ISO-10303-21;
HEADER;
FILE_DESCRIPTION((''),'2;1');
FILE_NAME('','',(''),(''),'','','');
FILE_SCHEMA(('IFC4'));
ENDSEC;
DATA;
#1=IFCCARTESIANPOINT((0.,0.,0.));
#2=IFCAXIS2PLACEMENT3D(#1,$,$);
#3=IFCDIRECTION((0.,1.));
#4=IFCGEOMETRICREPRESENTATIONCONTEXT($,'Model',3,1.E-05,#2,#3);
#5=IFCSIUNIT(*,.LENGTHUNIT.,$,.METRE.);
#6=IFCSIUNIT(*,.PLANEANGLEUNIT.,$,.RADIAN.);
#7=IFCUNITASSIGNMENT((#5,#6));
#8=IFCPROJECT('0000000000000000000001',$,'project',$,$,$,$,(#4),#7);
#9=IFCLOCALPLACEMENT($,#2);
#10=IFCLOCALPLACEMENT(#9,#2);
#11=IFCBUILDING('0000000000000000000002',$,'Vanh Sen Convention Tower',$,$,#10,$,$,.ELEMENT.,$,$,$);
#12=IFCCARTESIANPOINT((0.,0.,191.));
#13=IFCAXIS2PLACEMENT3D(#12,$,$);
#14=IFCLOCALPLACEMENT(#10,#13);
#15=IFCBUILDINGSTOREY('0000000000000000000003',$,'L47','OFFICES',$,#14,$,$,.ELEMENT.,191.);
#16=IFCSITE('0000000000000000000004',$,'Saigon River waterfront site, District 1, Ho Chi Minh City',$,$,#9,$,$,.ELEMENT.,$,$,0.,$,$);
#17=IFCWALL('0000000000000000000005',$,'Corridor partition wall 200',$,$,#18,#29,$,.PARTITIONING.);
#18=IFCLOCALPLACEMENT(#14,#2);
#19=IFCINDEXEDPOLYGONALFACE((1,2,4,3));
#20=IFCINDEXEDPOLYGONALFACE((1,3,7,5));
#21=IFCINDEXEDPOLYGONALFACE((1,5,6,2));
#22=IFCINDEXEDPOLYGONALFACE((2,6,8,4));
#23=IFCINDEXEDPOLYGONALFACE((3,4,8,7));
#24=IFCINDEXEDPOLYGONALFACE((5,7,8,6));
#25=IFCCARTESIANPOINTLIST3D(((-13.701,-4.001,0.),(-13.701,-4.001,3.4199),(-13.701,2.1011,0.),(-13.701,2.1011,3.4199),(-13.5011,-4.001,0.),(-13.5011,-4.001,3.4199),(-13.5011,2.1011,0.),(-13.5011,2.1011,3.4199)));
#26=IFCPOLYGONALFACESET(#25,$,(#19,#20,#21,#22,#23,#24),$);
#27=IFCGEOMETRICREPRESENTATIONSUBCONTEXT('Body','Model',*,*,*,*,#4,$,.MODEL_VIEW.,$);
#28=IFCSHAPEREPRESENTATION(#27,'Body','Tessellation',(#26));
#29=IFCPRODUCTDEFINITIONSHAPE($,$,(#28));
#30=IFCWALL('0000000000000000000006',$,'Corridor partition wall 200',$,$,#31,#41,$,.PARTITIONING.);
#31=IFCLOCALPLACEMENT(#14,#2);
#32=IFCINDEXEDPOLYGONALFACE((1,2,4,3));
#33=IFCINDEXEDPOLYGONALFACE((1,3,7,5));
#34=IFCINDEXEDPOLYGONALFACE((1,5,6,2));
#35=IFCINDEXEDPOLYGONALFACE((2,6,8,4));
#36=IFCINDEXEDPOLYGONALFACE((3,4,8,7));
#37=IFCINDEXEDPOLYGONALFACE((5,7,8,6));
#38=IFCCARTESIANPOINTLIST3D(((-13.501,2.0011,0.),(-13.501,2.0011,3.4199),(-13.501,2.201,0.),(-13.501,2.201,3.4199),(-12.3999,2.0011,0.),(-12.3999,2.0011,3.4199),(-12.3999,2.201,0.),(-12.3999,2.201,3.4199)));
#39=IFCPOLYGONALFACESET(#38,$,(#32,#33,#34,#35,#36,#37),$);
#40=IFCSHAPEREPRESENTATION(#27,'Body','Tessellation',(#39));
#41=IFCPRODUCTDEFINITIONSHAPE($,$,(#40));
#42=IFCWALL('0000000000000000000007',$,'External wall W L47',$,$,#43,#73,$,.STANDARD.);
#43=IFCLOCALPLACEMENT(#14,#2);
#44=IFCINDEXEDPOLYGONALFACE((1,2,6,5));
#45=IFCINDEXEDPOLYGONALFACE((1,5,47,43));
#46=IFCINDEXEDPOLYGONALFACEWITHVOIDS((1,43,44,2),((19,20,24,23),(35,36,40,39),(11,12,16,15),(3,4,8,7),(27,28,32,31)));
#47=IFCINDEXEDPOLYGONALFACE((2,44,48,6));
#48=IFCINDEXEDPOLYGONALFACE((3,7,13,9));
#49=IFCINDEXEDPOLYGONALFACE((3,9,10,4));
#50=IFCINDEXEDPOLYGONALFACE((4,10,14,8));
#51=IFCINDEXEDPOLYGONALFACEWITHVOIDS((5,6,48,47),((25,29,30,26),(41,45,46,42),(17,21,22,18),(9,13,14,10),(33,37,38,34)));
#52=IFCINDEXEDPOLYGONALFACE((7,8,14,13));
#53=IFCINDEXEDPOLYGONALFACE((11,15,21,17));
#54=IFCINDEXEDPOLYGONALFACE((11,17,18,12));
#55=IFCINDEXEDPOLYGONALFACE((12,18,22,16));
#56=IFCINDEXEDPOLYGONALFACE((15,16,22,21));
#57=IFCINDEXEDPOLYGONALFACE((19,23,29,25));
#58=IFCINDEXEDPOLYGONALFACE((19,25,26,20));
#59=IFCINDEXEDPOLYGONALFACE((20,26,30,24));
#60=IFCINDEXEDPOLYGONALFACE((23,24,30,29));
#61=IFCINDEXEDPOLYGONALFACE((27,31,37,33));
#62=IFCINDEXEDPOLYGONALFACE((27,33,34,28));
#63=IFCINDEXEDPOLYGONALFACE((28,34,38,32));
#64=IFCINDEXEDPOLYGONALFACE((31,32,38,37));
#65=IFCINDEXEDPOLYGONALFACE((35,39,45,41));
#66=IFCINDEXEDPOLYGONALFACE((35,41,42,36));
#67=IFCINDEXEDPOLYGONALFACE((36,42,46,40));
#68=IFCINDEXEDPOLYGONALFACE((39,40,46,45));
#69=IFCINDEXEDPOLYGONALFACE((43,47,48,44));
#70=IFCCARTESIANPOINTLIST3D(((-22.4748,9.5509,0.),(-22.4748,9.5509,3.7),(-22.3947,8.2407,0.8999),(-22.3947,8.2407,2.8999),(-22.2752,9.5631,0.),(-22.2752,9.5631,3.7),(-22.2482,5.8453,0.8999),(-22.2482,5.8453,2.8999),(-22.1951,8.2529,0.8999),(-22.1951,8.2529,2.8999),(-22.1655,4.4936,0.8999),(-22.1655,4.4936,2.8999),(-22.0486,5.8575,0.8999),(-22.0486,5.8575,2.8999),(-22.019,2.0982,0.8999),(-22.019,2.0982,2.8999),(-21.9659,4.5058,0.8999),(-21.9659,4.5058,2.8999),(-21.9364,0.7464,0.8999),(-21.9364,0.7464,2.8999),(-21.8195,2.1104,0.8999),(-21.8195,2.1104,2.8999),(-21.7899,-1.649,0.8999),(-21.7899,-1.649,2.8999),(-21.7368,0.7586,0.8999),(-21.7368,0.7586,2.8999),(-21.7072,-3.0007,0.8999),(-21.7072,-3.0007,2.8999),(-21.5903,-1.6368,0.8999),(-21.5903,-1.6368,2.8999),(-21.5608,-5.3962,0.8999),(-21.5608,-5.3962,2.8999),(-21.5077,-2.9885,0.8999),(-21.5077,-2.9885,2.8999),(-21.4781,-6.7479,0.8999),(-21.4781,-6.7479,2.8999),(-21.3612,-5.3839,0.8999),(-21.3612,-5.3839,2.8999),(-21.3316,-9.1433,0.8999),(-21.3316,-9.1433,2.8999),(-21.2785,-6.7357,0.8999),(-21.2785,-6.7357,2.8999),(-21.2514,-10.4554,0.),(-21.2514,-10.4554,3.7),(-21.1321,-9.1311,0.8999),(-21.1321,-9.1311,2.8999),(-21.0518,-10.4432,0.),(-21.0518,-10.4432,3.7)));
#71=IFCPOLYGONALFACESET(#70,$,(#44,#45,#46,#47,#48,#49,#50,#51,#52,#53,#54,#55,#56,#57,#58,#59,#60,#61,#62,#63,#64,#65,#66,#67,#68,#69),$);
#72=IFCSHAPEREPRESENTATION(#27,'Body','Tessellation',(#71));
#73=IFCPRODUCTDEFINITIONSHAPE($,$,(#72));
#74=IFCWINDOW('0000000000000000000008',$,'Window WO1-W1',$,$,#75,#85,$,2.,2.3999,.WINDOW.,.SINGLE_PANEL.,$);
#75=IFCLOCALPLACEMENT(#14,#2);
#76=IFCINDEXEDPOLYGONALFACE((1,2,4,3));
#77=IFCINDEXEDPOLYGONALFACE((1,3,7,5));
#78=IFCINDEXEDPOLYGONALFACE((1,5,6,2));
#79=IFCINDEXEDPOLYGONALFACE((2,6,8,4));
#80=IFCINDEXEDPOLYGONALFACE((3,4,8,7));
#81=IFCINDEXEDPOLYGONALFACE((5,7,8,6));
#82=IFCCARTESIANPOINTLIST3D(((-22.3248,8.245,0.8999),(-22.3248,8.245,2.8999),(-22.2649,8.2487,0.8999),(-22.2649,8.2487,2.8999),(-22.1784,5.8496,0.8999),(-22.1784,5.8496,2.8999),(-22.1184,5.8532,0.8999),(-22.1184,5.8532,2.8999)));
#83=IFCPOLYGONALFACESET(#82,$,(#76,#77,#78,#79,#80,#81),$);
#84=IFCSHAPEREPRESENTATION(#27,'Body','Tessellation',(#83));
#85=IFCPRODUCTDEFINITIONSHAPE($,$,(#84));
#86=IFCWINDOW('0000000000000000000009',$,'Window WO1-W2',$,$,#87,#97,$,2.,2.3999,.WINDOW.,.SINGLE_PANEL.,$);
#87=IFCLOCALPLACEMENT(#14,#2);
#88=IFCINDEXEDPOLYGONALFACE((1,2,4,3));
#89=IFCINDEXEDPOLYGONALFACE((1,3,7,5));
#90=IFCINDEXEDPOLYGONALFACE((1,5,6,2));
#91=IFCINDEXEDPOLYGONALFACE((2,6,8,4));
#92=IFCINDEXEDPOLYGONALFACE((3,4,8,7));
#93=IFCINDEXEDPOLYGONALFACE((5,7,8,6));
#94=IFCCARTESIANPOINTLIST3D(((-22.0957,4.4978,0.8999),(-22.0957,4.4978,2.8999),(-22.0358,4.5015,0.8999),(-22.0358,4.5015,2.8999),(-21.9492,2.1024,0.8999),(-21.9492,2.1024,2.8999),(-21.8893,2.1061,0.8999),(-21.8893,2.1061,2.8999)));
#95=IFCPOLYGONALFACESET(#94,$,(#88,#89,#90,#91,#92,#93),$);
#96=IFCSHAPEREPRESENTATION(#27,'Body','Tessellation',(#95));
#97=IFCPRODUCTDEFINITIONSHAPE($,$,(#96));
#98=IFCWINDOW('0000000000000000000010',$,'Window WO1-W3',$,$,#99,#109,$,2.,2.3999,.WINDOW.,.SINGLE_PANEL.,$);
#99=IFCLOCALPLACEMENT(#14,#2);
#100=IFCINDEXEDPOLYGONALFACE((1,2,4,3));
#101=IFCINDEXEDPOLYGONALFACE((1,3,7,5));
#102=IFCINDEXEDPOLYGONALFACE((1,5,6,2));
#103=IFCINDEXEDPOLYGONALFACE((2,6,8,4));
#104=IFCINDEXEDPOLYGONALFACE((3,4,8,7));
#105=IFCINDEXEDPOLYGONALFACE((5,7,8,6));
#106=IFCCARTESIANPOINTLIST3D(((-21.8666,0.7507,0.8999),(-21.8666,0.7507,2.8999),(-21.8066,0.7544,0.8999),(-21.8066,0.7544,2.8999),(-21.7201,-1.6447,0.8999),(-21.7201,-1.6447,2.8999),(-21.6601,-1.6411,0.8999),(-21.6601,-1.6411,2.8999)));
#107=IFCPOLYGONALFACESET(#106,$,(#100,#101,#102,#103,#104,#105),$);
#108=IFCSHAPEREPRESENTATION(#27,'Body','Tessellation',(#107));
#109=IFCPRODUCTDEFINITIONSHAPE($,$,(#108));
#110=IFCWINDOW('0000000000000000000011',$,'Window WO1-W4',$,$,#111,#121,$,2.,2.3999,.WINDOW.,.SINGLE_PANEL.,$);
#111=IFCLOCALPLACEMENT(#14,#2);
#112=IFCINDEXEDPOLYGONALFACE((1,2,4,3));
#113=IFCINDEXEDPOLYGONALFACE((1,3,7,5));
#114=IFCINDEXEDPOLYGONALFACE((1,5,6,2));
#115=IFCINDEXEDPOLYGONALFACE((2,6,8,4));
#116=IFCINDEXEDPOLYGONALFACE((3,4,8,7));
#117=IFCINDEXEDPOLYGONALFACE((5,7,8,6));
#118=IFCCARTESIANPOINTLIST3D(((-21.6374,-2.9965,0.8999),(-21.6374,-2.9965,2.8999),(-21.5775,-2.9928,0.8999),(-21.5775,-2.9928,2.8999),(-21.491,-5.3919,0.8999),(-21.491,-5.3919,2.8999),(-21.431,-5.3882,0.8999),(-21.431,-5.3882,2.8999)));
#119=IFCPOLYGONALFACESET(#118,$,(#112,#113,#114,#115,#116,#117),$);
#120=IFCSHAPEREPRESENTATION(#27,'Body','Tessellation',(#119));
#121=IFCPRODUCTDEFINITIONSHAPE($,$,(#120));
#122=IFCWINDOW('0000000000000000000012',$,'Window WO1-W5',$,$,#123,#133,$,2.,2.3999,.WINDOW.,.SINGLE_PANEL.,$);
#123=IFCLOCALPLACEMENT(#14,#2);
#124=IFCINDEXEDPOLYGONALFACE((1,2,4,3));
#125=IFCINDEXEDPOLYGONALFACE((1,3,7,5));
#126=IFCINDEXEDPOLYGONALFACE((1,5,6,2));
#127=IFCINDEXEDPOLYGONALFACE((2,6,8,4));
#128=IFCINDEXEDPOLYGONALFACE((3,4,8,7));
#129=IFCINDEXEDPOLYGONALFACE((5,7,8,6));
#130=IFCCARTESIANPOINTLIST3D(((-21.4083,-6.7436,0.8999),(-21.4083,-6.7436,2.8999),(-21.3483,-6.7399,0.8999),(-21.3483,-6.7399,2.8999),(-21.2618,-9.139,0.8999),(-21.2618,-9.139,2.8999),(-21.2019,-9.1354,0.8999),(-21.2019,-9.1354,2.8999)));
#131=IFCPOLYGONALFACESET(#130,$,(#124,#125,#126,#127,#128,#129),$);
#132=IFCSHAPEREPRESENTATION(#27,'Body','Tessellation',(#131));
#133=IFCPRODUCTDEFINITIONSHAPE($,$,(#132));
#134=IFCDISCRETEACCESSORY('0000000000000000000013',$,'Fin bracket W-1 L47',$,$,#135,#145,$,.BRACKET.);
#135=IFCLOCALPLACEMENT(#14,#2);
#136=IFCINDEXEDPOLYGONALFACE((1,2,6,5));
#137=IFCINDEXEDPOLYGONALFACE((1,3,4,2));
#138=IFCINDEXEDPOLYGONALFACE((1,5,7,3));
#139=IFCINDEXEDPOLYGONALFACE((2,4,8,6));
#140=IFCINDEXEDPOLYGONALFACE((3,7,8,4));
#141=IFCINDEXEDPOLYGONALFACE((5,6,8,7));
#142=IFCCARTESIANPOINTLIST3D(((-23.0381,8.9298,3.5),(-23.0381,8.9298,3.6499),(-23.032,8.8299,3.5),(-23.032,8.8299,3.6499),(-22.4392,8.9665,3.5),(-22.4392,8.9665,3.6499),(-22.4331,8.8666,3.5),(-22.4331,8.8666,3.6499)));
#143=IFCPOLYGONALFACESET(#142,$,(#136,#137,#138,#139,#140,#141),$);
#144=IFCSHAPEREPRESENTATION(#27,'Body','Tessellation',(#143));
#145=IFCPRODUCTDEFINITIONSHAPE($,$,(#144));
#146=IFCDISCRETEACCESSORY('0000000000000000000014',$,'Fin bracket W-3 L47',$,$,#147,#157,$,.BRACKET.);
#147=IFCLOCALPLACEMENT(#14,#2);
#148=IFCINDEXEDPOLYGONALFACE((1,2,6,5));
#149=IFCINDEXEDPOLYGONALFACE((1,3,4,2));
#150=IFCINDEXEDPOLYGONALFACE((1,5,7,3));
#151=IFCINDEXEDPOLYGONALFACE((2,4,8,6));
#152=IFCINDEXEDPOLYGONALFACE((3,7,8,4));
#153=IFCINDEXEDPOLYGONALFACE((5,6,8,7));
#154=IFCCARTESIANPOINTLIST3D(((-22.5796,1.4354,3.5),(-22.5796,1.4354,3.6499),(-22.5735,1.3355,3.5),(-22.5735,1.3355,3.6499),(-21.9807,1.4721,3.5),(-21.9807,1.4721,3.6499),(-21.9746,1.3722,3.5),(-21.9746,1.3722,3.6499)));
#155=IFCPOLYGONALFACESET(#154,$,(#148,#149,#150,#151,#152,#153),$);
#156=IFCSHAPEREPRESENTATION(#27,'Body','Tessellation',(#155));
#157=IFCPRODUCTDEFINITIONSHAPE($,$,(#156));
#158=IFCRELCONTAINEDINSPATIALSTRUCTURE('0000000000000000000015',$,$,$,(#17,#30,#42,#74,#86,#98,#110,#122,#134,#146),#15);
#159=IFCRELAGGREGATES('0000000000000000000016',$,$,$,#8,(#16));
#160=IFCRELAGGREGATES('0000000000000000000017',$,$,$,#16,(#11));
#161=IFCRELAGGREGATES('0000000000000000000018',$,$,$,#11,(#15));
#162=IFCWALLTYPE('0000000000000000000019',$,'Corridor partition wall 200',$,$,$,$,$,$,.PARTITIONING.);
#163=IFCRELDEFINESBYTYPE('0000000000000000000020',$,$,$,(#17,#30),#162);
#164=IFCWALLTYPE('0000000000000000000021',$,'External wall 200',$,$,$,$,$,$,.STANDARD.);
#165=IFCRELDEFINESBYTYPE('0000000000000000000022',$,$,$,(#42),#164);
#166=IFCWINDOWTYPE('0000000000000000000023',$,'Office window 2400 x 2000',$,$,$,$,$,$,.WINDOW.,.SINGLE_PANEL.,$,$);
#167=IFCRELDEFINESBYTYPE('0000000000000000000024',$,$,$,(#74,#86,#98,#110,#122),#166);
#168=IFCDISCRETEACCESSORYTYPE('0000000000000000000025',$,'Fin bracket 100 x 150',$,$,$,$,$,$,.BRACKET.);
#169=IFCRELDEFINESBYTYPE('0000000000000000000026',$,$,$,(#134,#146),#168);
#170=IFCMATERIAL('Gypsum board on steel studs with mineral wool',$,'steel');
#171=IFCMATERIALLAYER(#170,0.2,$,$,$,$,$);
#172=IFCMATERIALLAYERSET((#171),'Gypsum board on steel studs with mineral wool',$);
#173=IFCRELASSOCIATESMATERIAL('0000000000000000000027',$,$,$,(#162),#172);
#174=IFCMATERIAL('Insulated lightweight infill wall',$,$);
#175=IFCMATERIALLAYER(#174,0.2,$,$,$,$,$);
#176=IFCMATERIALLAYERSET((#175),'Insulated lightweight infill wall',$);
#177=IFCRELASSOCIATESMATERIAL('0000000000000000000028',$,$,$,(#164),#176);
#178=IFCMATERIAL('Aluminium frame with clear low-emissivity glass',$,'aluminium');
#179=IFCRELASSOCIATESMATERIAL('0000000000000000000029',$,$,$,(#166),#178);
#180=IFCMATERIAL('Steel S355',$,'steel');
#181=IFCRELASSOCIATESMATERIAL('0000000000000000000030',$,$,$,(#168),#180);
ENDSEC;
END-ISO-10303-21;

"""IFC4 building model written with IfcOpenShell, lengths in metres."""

from ifc_helpers import new_model, si_unit, direction, frame, frame_2d, origin, origin_2d, place, context, subcontext, project, spatial, rectangle, extrude, material, layer, layer_set, type_object, element, fill, save


model = new_model("IFC4")

# Units and contexts
model_context = context("Model", 3, precision=1e-05, world=origin(), true_north=direction((0.0, 1.0)))
body_context = subcontext(model_context, "Body", "Model", "MODEL_VIEW")
ifc_project = project(units=[si_unit("LENGTHUNIT", "METRE"), si_unit("PLANEANGLEUNIT", "RADIAN")], contexts=[model_context])

# Site, building, storey
site_placement = place(None, origin())
site = spatial("IfcSite", under=ifc_project, at=site_placement, Name="Saigon River waterfront site, District 1, Ho Chi Minh City", CompositionType="ELEMENT", RefElevation=0.0)
building_placement = place(site_placement, origin())
building = spatial("IfcBuilding", under=site, at=building_placement, Name="Vanh Sen Convention Tower", CompositionType="ELEMENT")
storey_placement = place(building_placement, frame((0.0, 0.0, 191.0)))
storey = spatial("IfcBuildingStorey", under=building, at=storey_placement, Name="L47", Description="OFFICES", CompositionType="ELEMENT", Elevation=191.0)

# Walls
ifc_material_1 = material(Name="Gypsum board on steel studs with mineral wool", Category="steel")
ifc_layer_1 = layer(ifc_material_1, 0.2)
ifc_layer_set_1 = layer_set([ifc_layer_1], Name="Gypsum board on steel studs with mineral wool")
wall_type_1 = type_object("IfcWallType", Name="Corridor partition wall 200", PredefinedType="PARTITIONING", material=ifc_layer_set_1)
wall_1_placement = place(storey_placement, frame((-13.6011, 2.1011, 0.0), z_axis=(0.0, 0.0, 1.0), x_axis=(0.0, -1.0, 0.0)))
element("IfcWall", 1, at=wall_1_placement, inside=storey, type_object=wall_type_1, Name="Corridor partition wall 200", PredefinedType="PARTITIONING", context=body_context, shape_type="SweptSolid", body=[
    extrude(rectangle(XDim=6.1021, YDim=0.2, at=frame_2d((3.051, 0.0))), origin(), (0.0, 0.0, 1.0), 3.4199),
])
wall_2_placement = place(storey_placement, frame((-12.3999, 2.1011, 0.0), z_axis=(0.0, 0.0, 1.0), x_axis=(-1.0, 0.0, 0.0)))
element("IfcWall", 2, at=wall_2_placement, inside=storey, type_object=wall_type_1, Name="Corridor partition wall 200", PredefinedType="PARTITIONING", context=body_context, shape_type="SweptSolid", body=[
    extrude(rectangle(XDim=1.1011, YDim=0.2, at=frame_2d((0.5505, 0.0))), origin(), (0.0, 0.0, 1.0), 3.4199),
])

# Wall, openings, windows
ifc_material_2 = material(Name="Insulated lightweight infill wall")
ifc_layer_2 = layer(ifc_material_2, 0.2)
ifc_layer_set_2 = layer_set([ifc_layer_2], Name="Insulated lightweight infill wall")
wall_type_2 = type_object("IfcWallType", Name="External wall 200", PredefinedType="STANDARD", material=ifc_layer_set_2)
wall_3_placement = place(storey_placement, frame((-22.375, 9.5571, 0.0), z_axis=(0.0, 0.0, 1.0), x_axis=(0.061036, -0.998136, 0.0)))
wall_3 = element("IfcWall", 3, at=wall_3_placement, inside=storey, type_object=wall_type_2, Name="External wall W L47", PredefinedType="STANDARD", context=body_context, shape_type="SweptSolid", body=[
    extrude(rectangle(XDim=20.0437, YDim=0.2, at=frame_2d((10.022, 0.0))), origin(), (0.0, 0.0, 1.0), 3.7),
])
opening_1_placement = place(wall_3_placement, frame((1.3127, 0.0, 0.8999)))
opening_1 = element("IfcOpeningElement", 4, at=opening_1_placement, cuts=wall_3, PredefinedType="OPENING", context=body_context, shape_type="SweptSolid", body=[
    extrude(rectangle(XDim=2.3999, YDim=2.0, at=frame_2d((1.2, 1.0))), frame((0.0, 0.1099, 0.0), z_axis=(0.0, -1.0, 0.0), x_axis=(1.0, 0.0, 0.0)), (0.0, 0.0, 1.0), 0.22),
])
opening_2_placement = place(wall_3_placement, frame((5.0669, 0.0, 0.8999)))
opening_2 = element("IfcOpeningElement", 5, at=opening_2_placement, cuts=wall_3, PredefinedType="OPENING", context=body_context, shape_type="SweptSolid", body=[
    extrude(rectangle(XDim=2.3999, YDim=2.0, at=frame_2d((1.2, 1.0))), frame((0.0, 0.1099, 0.0), z_axis=(0.0, -1.0, 0.0), x_axis=(1.0, 0.0, 0.0)), (0.0, 0.0, 1.0), 0.22),
])
opening_3_placement = place(wall_3_placement, frame((8.821, 0.0, 0.8999)))
opening_3 = element("IfcOpeningElement", 6, at=opening_3_placement, cuts=wall_3, PredefinedType="OPENING", context=body_context, shape_type="SweptSolid", body=[
    extrude(rectangle(XDim=2.3999, YDim=2.0, at=frame_2d((1.2, 1.0))), frame((0.0, 0.1099, 0.0), z_axis=(0.0, -1.0, 0.0), x_axis=(1.0, 0.0, 0.0)), (0.0, 0.0, 1.0), 0.22),
])
opening_4_placement = place(wall_3_placement, frame((12.5752, 0.0, 0.8999)))
opening_4 = element("IfcOpeningElement", 7, at=opening_4_placement, cuts=wall_3, PredefinedType="OPENING", context=body_context, shape_type="SweptSolid", body=[
    extrude(rectangle(XDim=2.3999, YDim=2.0, at=frame_2d((1.2, 1.0))), frame((0.0, 0.1099, 0.0), z_axis=(0.0, -1.0, 0.0), x_axis=(1.0, 0.0, 0.0)), (0.0, 0.0, 1.0), 0.22),
])
opening_5_placement = place(wall_3_placement, frame((16.3293, 0.0, 0.8999)))
opening_5 = element("IfcOpeningElement", 8, at=opening_5_placement, cuts=wall_3, PredefinedType="OPENING", context=body_context, shape_type="SweptSolid", body=[
    extrude(rectangle(XDim=2.3999, YDim=2.0, at=frame_2d((1.2, 1.0))), frame((0.0, 0.1099, 0.0), z_axis=(0.0, -1.0, 0.0), x_axis=(1.0, 0.0, 0.0)), (0.0, 0.0, 1.0), 0.22),
])
ifc_material_3 = material(Name="Aluminium frame with clear low-emissivity glass", Category="aluminium")
window_type = type_object("IfcWindowType", Name="Office window 2400 x 2000", PartitioningType="SINGLE_PANEL", PredefinedType="WINDOW", material=ifc_material_3)
window_1_placement = place(opening_1_placement, origin())
window_1 = element("IfcWindow", 9, at=window_1_placement, inside=storey, type_object=window_type, Name="Window WO1-W1", OverallHeight=2.0, OverallWidth=2.3999, PartitioningType="SINGLE_PANEL", PredefinedType="WINDOW", context=body_context, shape_type="SweptSolid", body=[
    extrude(rectangle(XDim=2.3999, YDim=2.0, at=frame_2d((1.2, 1.0))), frame((0.0, 0.03, 0.0), z_axis=(0.0, -1.0, 0.0), x_axis=(1.0, 0.0, 0.0)), (0.0, 0.0, 1.0), 0.0601),
])
fill(opening_1, window_1)
window_2_placement = place(opening_2_placement, origin())
window_2 = element("IfcWindow", 10, at=window_2_placement, inside=storey, type_object=window_type, Name="Window WO1-W2", OverallHeight=2.0, OverallWidth=2.3999, PartitioningType="SINGLE_PANEL", PredefinedType="WINDOW", context=body_context, shape_type="SweptSolid", body=[
    extrude(rectangle(XDim=2.3999, YDim=2.0, at=frame_2d((1.2, 1.0))), frame((0.0, 0.03, 0.0), z_axis=(0.0, -1.0, 0.0), x_axis=(1.0, 0.0, 0.0)), (0.0, 0.0, 1.0), 0.0601),
])
fill(opening_2, window_2)
window_3_placement = place(opening_3_placement, origin())
window_3 = element("IfcWindow", 11, at=window_3_placement, inside=storey, type_object=window_type, Name="Window WO1-W3", OverallHeight=2.0, OverallWidth=2.3999, PartitioningType="SINGLE_PANEL", PredefinedType="WINDOW", context=body_context, shape_type="SweptSolid", body=[
    extrude(rectangle(XDim=2.3999, YDim=2.0, at=frame_2d((1.2, 1.0))), frame((0.0, 0.03, 0.0), z_axis=(0.0, -1.0, 0.0), x_axis=(1.0, 0.0, 0.0)), (0.0, 0.0, 1.0), 0.0601),
])
fill(opening_3, window_3)
window_4_placement = place(opening_4_placement, origin())
window_4 = element("IfcWindow", 12, at=window_4_placement, inside=storey, type_object=window_type, Name="Window WO1-W4", OverallHeight=2.0, OverallWidth=2.3999, PartitioningType="SINGLE_PANEL", PredefinedType="WINDOW", context=body_context, shape_type="SweptSolid", body=[
    extrude(rectangle(XDim=2.3999, YDim=2.0, at=frame_2d((1.2, 1.0))), frame((0.0, 0.03, 0.0), z_axis=(0.0, -1.0, 0.0), x_axis=(1.0, 0.0, 0.0)), (0.0, 0.0, 1.0), 0.0601),
])
fill(opening_4, window_4)
window_5_placement = place(opening_5_placement, origin())
window_5 = element("IfcWindow", 13, at=window_5_placement, inside=storey, type_object=window_type, Name="Window WO1-W5", OverallHeight=2.0, OverallWidth=2.3999, PartitioningType="SINGLE_PANEL", PredefinedType="WINDOW", context=body_context, shape_type="SweptSolid", body=[
    extrude(rectangle(XDim=2.3999, YDim=2.0, at=frame_2d((1.2, 1.0))), frame((0.0, 0.03, 0.0), z_axis=(0.0, -1.0, 0.0), x_axis=(1.0, 0.0, 0.0)), (0.0, 0.0, 1.0), 0.0601),
])
fill(opening_5, window_5)

# Discrete accessories
ifc_material_4 = material(Name="Steel S355", Category="steel")
discrete_accessory_type = type_object("IfcDiscreteAccessoryType", Name="Fin bracket 100 x 150", PredefinedType="BRACKET", material=ifc_material_4)
for number, where, z_axis, x_axis, name in (
    (14, (-22.7356, 8.8982, 3.5), (0.0, 0.0, 1.0), (-0.998135, -0.061049, 0.0), "Fin bracket W-1 L47"),
    (15, (-22.2771, 1.4038, 3.5), (0.0, 0.0, 1.0), (-0.998135, -0.061049, 0.0), "Fin bracket W-3 L47"),
):
    element("IfcDiscreteAccessory", number, at=place(storey_placement, frame(where, z_axis=z_axis, x_axis=x_axis)), inside=storey, type_object=discrete_accessory_type, Name=name, PredefinedType="BRACKET", context=body_context, shape_type="SweptSolid", body=[
        extrude(rectangle(XDim=0.6001, YDim=0.1001, at=origin_2d()), origin(), (0.0, 0.0, 1.0), 0.1499),
    ])

save(model, "model.ifc")
